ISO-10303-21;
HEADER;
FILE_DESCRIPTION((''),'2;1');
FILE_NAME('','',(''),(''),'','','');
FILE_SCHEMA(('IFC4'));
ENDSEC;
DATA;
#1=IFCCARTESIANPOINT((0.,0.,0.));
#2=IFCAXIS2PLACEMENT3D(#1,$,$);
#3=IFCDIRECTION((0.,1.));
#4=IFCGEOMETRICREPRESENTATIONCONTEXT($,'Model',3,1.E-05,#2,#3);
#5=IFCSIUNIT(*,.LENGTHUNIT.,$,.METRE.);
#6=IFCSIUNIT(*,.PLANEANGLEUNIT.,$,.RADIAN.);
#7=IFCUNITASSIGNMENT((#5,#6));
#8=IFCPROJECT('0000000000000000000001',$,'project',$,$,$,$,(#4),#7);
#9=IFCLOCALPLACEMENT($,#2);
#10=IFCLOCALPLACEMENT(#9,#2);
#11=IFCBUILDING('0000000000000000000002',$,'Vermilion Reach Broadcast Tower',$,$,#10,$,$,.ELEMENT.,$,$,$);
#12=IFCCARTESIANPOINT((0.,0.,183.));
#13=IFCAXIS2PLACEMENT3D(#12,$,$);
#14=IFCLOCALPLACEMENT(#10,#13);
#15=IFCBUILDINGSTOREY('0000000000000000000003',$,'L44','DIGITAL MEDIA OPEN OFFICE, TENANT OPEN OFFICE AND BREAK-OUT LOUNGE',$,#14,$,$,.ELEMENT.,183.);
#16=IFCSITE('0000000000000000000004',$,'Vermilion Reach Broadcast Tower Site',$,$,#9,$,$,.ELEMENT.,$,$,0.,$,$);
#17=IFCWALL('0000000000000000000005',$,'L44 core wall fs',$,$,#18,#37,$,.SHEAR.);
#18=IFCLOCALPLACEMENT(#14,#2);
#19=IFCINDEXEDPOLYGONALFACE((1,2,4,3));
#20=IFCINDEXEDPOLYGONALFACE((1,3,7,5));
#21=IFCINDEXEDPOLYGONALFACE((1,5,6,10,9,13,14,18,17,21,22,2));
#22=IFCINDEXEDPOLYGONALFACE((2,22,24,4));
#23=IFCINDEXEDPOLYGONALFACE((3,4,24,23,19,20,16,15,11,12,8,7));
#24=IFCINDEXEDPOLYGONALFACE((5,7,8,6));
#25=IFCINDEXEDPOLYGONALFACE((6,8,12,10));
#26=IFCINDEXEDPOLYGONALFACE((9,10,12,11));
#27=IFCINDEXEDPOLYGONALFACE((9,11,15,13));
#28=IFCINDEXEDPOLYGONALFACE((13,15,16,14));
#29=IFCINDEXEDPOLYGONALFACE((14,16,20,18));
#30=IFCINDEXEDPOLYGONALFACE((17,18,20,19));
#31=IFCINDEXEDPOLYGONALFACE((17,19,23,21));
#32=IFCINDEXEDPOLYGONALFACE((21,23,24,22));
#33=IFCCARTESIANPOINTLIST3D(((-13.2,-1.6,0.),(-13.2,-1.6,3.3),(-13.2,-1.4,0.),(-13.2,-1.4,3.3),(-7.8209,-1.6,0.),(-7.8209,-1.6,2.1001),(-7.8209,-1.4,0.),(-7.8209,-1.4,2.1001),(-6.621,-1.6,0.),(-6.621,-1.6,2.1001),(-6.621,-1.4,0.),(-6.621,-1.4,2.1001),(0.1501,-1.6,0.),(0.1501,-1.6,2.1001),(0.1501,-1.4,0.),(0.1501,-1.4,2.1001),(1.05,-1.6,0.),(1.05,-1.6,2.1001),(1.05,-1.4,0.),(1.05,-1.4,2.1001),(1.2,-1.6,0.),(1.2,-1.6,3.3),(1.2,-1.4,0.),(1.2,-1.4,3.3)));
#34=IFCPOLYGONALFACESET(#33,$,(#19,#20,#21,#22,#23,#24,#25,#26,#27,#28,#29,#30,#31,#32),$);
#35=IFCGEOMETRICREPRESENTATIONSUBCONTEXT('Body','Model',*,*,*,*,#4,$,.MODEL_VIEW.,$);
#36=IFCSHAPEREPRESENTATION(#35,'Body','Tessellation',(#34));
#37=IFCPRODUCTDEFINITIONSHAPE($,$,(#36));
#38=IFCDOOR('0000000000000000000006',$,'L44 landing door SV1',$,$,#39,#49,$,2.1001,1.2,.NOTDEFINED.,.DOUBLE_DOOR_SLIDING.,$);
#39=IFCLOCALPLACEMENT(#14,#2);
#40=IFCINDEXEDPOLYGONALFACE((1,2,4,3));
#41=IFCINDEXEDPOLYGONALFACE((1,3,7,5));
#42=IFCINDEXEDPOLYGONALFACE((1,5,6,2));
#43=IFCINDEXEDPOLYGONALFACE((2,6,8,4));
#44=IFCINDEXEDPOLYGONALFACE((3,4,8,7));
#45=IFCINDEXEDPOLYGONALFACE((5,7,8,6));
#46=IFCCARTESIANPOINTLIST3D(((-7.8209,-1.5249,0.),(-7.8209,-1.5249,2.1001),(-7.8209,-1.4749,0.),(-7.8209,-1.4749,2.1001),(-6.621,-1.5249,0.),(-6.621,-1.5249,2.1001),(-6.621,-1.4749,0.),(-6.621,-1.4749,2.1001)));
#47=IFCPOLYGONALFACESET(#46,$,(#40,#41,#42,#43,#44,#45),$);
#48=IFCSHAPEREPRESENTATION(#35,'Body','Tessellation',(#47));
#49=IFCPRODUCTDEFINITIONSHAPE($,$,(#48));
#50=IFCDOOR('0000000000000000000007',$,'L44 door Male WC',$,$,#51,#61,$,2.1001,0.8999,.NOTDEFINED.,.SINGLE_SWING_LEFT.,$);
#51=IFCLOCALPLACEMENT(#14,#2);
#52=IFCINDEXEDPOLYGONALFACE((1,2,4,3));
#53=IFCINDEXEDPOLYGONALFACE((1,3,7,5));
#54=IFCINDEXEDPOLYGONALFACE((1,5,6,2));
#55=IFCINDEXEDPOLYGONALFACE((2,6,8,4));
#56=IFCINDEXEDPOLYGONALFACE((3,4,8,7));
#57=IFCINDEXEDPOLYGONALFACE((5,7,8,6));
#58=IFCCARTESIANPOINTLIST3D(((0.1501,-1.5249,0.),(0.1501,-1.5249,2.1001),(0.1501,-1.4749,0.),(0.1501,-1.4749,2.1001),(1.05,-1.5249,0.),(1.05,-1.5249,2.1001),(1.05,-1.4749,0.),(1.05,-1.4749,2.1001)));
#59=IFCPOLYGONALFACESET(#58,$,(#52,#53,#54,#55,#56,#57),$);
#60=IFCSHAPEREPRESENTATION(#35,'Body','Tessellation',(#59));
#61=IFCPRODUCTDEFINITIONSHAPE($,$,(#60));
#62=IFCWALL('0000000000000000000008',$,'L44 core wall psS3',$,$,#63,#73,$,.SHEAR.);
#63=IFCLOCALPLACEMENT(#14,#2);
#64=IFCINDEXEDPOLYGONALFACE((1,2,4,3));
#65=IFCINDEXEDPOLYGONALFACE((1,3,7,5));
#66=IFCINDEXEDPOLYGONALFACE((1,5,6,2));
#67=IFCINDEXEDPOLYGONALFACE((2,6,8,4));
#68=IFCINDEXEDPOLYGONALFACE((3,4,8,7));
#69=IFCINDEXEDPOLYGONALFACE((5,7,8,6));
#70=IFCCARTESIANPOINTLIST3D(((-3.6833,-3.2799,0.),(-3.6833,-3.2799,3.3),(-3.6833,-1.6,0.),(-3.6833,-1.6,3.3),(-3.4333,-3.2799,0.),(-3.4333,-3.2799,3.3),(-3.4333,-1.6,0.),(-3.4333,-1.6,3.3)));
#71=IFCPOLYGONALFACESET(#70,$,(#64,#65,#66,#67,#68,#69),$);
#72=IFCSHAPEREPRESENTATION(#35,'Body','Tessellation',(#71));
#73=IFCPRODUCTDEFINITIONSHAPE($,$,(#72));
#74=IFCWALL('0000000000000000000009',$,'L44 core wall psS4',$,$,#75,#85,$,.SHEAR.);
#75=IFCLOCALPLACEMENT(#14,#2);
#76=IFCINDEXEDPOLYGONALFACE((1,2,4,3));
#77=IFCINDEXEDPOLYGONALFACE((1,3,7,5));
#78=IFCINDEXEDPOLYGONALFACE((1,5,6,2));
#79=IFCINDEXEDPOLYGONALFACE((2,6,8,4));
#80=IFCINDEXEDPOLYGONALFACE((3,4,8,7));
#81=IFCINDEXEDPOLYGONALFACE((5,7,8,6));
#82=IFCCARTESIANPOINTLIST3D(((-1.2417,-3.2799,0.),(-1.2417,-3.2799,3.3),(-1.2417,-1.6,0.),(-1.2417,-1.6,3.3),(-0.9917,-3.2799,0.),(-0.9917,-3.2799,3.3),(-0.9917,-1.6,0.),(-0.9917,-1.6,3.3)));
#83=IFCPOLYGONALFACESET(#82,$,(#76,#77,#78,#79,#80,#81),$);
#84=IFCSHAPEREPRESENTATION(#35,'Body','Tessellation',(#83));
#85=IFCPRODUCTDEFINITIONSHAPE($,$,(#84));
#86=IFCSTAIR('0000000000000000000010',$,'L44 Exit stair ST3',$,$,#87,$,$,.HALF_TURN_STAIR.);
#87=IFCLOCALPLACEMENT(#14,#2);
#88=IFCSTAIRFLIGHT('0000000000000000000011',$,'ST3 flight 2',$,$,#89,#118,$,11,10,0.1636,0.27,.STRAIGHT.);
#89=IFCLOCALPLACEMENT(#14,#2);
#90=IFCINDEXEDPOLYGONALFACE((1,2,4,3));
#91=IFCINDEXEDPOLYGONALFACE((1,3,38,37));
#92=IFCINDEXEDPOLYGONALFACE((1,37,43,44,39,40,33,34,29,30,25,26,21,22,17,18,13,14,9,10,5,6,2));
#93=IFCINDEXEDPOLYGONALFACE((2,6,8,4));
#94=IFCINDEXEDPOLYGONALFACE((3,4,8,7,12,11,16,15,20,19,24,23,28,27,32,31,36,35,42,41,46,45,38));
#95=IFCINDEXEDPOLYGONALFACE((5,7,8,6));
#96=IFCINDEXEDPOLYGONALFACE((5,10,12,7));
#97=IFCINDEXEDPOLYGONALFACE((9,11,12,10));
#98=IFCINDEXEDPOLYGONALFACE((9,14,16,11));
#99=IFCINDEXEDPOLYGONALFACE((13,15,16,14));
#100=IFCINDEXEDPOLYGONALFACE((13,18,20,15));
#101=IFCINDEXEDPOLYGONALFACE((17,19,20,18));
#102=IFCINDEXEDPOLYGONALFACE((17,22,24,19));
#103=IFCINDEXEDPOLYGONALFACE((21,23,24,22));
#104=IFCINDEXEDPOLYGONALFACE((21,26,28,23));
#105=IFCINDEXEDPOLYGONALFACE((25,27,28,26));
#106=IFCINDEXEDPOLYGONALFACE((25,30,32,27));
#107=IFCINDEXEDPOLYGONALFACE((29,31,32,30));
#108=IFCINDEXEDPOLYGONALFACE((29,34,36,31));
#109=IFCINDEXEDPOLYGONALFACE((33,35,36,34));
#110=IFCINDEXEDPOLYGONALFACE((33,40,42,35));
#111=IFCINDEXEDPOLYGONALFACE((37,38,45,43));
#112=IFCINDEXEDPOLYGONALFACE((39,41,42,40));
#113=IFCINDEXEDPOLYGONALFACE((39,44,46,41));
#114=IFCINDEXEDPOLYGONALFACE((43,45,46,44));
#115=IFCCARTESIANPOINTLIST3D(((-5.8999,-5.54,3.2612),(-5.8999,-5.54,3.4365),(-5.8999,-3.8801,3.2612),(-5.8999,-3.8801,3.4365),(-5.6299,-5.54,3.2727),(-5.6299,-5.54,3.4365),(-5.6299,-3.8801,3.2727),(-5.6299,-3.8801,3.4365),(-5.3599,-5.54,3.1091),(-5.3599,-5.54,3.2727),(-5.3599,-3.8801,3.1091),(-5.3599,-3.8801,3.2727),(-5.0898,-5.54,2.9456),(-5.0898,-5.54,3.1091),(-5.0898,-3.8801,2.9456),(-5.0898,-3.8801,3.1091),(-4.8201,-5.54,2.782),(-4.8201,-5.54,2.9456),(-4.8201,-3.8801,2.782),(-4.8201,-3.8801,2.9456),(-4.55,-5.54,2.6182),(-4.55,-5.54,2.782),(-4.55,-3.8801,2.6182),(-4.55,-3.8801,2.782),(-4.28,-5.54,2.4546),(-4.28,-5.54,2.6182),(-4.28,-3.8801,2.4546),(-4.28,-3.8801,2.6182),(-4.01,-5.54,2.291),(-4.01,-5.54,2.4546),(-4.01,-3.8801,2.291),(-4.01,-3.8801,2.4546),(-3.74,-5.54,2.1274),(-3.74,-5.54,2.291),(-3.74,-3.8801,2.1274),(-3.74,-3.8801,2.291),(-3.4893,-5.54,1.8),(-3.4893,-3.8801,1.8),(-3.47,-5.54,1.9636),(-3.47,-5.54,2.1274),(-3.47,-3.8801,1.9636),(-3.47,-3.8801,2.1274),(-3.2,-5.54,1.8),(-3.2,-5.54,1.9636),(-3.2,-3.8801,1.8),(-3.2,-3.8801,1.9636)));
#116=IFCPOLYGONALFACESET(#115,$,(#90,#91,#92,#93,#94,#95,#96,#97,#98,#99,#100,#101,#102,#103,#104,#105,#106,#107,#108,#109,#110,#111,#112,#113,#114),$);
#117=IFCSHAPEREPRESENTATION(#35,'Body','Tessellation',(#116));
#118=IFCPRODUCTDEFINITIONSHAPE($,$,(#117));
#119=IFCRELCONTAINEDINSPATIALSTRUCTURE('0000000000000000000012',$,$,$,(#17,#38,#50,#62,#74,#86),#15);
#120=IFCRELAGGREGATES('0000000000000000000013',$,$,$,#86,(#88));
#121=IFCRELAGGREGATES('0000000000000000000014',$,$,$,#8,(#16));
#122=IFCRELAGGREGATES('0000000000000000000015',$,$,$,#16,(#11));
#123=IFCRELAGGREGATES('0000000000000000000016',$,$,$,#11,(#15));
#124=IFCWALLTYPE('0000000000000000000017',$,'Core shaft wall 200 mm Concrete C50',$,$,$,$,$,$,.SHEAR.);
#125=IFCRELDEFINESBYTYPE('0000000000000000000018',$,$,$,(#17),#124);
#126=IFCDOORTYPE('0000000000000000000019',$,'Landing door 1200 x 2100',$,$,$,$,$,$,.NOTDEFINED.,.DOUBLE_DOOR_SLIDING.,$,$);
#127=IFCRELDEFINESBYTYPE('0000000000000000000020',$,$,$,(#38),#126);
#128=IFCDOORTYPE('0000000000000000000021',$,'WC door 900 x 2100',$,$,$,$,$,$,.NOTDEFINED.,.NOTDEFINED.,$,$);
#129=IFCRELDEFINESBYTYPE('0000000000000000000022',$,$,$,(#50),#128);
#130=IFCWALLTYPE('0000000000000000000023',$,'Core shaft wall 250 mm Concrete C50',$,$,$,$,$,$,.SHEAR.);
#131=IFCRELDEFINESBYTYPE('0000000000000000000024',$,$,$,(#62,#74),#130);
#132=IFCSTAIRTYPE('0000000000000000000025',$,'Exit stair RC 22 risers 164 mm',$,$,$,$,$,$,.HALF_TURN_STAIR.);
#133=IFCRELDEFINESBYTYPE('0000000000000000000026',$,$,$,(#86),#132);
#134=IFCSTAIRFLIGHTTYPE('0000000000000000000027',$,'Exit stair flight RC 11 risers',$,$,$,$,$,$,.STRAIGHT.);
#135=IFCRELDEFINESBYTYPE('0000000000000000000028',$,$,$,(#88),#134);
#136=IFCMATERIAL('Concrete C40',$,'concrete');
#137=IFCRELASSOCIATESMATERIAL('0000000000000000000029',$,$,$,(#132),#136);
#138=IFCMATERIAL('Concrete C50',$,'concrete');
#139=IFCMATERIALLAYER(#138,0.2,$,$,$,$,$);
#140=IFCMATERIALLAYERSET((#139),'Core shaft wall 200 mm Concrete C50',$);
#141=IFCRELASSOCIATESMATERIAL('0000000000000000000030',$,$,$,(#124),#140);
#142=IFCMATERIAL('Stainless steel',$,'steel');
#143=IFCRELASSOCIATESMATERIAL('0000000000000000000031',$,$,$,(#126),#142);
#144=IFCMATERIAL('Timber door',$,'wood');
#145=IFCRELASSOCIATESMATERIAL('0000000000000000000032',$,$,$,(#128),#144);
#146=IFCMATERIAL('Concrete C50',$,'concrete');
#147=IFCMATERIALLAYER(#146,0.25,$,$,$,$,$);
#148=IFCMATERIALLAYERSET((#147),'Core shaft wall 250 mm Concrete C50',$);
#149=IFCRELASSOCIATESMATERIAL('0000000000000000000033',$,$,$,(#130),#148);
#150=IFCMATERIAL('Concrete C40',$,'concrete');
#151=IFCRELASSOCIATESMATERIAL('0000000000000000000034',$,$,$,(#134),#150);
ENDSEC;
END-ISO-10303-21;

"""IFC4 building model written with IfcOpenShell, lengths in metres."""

from ifc_helpers import new_model, si_unit, direction, frame, frame_2d, origin, place, context, subcontext, project, spatial, polyline, rectangle, outline, extrude, material, layer, layer_set, type_object, element, fill, aggregate, save


model = new_model("IFC4")

# Units and contexts
model_context = context("Model", 3, precision=1e-05, world=origin(), true_north=direction((0.0, 1.0)))
body_context = subcontext(model_context, "Body", "Model", "MODEL_VIEW")
ifc_project = project(units=[si_unit("LENGTHUNIT", "METRE"), si_unit("PLANEANGLEUNIT", "RADIAN")], contexts=[model_context])

# Site, building, storey
site_placement = place(None, origin())
site = spatial("IfcSite", under=ifc_project, at=site_placement, Name="Vermilion Reach Broadcast Tower Site", CompositionType="ELEMENT", RefElevation=0.0)
building_placement = place(site_placement, origin())
building = spatial("IfcBuilding", under=site, at=building_placement, Name="Vermilion Reach Broadcast Tower", CompositionType="ELEMENT")
storey_placement = place(building_placement, frame((0.0, 0.0, 183.0)))
storey = spatial("IfcBuildingStorey", under=building, at=storey_placement, Name="L44", Description="DIGITAL MEDIA OPEN OFFICE, TENANT OPEN OFFICE AND BREAK-OUT LOUNGE", CompositionType="ELEMENT", Elevation=183.0)

# Shared definitions
ifc_material_1 = material(Name="Concrete C40", Category="concrete")
stair_type = type_object("IfcStairType", Name="Exit stair RC 22 risers 164 mm", PredefinedType="HALF_TURN_STAIR", material=ifc_material_1)
placement_1 = place(storey_placement, origin())

# Wall, openings, doors
ifc_material_2 = material(Name="Concrete C50", Category="concrete")
ifc_layer_1 = layer(ifc_material_2, 0.2)
ifc_layer_set_1 = layer_set([ifc_layer_1], Name="Core shaft wall 200 mm Concrete C50")
wall_type_1 = type_object("IfcWallType", Name="Core shaft wall 200 mm Concrete C50", PredefinedType="SHEAR", material=ifc_layer_set_1)
wall_1_placement = place(storey_placement, frame((1.2, -1.5, 0.0), z_axis=(0.0, 0.0, 1.0), x_axis=(-1.0, 0.0, 0.0)))
wall_1 = element("IfcWall", 1, at=wall_1_placement, inside=storey, type_object=wall_type_1, Name="L44 core wall fs", PredefinedType="SHEAR", context=body_context, shape_type="SweptSolid", body=[
    extrude(rectangle(XDim=14.3999, YDim=0.2, at=frame_2d((7.2, 0.0))), origin(), (0.0, 0.0, 1.0), 3.3),
])
opening_1_placement = place(wall_1_placement, frame((7.8208, 0.0, 0.0)))
opening_1 = element("IfcOpeningElement", 2, at=opening_1_placement, cuts=wall_1, PredefinedType="OPENING", context=body_context, shape_type="SweptSolid", body=[
    extrude(rectangle(XDim=1.2, YDim=2.1001, at=frame_2d((0.6001, 1.05))), frame((0.0, 0.1099, 0.0), z_axis=(0.0, -1.0, 0.0), x_axis=(1.0, 0.0, 0.0)), (0.0, 0.0, 1.0), 0.22),
])
opening_2_placement = place(wall_1_placement, frame((0.1499, 0.0, 0.0)))
opening_2 = element("IfcOpeningElement", 3, at=opening_2_placement, cuts=wall_1, PredefinedType="OPENING", context=body_context, shape_type="SweptSolid", body=[
    extrude(rectangle(XDim=0.8999, YDim=2.1001, at=frame_2d((0.45, 1.05))), frame((0.0, 0.1099, 0.0), z_axis=(0.0, -1.0, 0.0), x_axis=(1.0, 0.0, 0.0)), (0.0, 0.0, 1.0), 0.22),
])
ifc_material_3 = material(Name="Stainless steel", Category="steel")
door_type_1 = type_object("IfcDoorType", Name="Landing door 1200 x 2100", OperationType="DOUBLE_DOOR_SLIDING", PredefinedType="NOTDEFINED", material=ifc_material_3)
door_1_placement = place(opening_1_placement, origin())
door_1 = element("IfcDoor", 4, at=door_1_placement, inside=storey, type_object=door_type_1, Name="L44 landing door SV1", OperationType="DOUBLE_DOOR_SLIDING", OverallHeight=2.1001, OverallWidth=1.2, PredefinedType="NOTDEFINED", context=body_context, shape_type="SweptSolid", body=[
    extrude(rectangle(XDim=1.2, YDim=2.1001, at=frame_2d((0.6001, 1.05))), frame((0.0, 0.0249, 0.0), z_axis=(0.0, -1.0, 0.0), x_axis=(1.0, 0.0, 0.0)), (0.0, 0.0, 1.0), 0.05),
])
fill(opening_1, door_1)
ifc_material_4 = material(Name="Timber door", Category="wood")
door_type_2 = type_object("IfcDoorType", Name="WC door 900 x 2100", OperationType="NOTDEFINED", PredefinedType="NOTDEFINED", material=ifc_material_4)
door_2_placement = place(opening_2_placement, origin())
door_2 = element("IfcDoor", 5, at=door_2_placement, inside=storey, type_object=door_type_2, Name="L44 door Male WC", OperationType="SINGLE_SWING_LEFT", OverallHeight=2.1001, OverallWidth=0.8999, PredefinedType="NOTDEFINED", context=body_context, shape_type="SweptSolid", body=[
    extrude(rectangle(XDim=0.8999, YDim=2.1001, at=frame_2d((0.45, 1.05))), frame((0.0, 0.0249, 0.0), z_axis=(0.0, -1.0, 0.0), x_axis=(1.0, 0.0, 0.0)), (0.0, 0.0, 1.0), 0.05),
])
fill(opening_2, door_2)

# Walls
ifc_material_5 = material(Name="Concrete C50", Category="concrete")
ifc_layer_2 = layer(ifc_material_5, 0.25)
ifc_layer_set_2 = layer_set([ifc_layer_2], Name="Core shaft wall 250 mm Concrete C50")
wall_type_2 = type_object("IfcWallType", Name="Core shaft wall 250 mm Concrete C50", PredefinedType="SHEAR", material=ifc_layer_set_2)
for number, where, z_axis, x_axis, name in (
    (6, (-3.5583, -1.6001, 0.0), (0.0, 0.0, 1.0), (0.0, -1.0, 0.0), "L44 core wall psS3"),
    (7, (-1.1167, -1.6001, 0.0), (0.0, 0.0, 1.0), (0.0, -1.0, 0.0), "L44 core wall psS4"),
):
    element("IfcWall", number, at=place(storey_placement, frame(where, z_axis=z_axis, x_axis=x_axis)), inside=storey, type_object=wall_type_2, Name=name, PredefinedType="SHEAR", context=body_context, shape_type="SweptSolid", body=[
        extrude(rectangle(XDim=1.6799, YDim=0.25, at=frame_2d((0.8398, 0.0))), origin(), (0.0, 0.0, 1.0), 3.3),
    ])

# Stair, stair flight
stair_1 = element("IfcStair", 8, at=placement_1, inside=storey, type_object=stair_type, Name="L44 Exit stair ST3", PredefinedType="HALF_TURN_STAIR")
ifc_material_6 = material(Name="Concrete C40", Category="concrete")
stair_flight_type = type_object("IfcStairFlightType", Name="Exit stair flight RC 11 risers", PredefinedType="STRAIGHT", material=ifc_material_6)
stair_flight_placement = place(storey_placement, frame((-3.2, -4.71, 1.8), z_axis=(0.0, 0.0, 1.0), x_axis=(-1.0, 0.0, 0.0)))
stair_flight = element("IfcStairFlight", 9, at=stair_flight_placement, type_object=stair_flight_type, Name="ST3 flight 2", NumberOfRisers=11, NumberOfTreads=10, PredefinedType="STRAIGHT", RiserHeight=0.1636, TreadLength=0.27, context=body_context, shape_type="SweptSolid", body=[
    extrude(outline(polyline([(0.0, 0.0), (0.0, 0.1636), (0.27, 0.1636), (0.27, 0.3274), (0.54, 0.3274), (0.54, 0.491), (0.8101, 0.491), (0.8101, 0.6545), (1.0801, 0.6545), (1.0801, 0.8181), (1.3501, 0.8181), (1.3501, 0.9819), (1.6201, 0.9819), (1.6201, 1.1455), (1.8899, 1.1455), (1.8899, 1.3091), (2.1599, 1.3091), (2.1599, 1.4727), (2.4299, 1.4727), (2.4299, 1.6365), (2.7, 1.6365), (2.7, 1.8), (2.7, 1.4612), (0.2893, 0.0), (0.0, 0.0)])), frame((0.0, 0.8301, 0.0), z_axis=(0.0, -1.0, 0.0), x_axis=(1.0, 0.0, 0.0)), (0.0, 0.0, 1.0), 1.6599),
])
aggregate(stair_1, [stair_flight])

save(model, "model.ifc")
